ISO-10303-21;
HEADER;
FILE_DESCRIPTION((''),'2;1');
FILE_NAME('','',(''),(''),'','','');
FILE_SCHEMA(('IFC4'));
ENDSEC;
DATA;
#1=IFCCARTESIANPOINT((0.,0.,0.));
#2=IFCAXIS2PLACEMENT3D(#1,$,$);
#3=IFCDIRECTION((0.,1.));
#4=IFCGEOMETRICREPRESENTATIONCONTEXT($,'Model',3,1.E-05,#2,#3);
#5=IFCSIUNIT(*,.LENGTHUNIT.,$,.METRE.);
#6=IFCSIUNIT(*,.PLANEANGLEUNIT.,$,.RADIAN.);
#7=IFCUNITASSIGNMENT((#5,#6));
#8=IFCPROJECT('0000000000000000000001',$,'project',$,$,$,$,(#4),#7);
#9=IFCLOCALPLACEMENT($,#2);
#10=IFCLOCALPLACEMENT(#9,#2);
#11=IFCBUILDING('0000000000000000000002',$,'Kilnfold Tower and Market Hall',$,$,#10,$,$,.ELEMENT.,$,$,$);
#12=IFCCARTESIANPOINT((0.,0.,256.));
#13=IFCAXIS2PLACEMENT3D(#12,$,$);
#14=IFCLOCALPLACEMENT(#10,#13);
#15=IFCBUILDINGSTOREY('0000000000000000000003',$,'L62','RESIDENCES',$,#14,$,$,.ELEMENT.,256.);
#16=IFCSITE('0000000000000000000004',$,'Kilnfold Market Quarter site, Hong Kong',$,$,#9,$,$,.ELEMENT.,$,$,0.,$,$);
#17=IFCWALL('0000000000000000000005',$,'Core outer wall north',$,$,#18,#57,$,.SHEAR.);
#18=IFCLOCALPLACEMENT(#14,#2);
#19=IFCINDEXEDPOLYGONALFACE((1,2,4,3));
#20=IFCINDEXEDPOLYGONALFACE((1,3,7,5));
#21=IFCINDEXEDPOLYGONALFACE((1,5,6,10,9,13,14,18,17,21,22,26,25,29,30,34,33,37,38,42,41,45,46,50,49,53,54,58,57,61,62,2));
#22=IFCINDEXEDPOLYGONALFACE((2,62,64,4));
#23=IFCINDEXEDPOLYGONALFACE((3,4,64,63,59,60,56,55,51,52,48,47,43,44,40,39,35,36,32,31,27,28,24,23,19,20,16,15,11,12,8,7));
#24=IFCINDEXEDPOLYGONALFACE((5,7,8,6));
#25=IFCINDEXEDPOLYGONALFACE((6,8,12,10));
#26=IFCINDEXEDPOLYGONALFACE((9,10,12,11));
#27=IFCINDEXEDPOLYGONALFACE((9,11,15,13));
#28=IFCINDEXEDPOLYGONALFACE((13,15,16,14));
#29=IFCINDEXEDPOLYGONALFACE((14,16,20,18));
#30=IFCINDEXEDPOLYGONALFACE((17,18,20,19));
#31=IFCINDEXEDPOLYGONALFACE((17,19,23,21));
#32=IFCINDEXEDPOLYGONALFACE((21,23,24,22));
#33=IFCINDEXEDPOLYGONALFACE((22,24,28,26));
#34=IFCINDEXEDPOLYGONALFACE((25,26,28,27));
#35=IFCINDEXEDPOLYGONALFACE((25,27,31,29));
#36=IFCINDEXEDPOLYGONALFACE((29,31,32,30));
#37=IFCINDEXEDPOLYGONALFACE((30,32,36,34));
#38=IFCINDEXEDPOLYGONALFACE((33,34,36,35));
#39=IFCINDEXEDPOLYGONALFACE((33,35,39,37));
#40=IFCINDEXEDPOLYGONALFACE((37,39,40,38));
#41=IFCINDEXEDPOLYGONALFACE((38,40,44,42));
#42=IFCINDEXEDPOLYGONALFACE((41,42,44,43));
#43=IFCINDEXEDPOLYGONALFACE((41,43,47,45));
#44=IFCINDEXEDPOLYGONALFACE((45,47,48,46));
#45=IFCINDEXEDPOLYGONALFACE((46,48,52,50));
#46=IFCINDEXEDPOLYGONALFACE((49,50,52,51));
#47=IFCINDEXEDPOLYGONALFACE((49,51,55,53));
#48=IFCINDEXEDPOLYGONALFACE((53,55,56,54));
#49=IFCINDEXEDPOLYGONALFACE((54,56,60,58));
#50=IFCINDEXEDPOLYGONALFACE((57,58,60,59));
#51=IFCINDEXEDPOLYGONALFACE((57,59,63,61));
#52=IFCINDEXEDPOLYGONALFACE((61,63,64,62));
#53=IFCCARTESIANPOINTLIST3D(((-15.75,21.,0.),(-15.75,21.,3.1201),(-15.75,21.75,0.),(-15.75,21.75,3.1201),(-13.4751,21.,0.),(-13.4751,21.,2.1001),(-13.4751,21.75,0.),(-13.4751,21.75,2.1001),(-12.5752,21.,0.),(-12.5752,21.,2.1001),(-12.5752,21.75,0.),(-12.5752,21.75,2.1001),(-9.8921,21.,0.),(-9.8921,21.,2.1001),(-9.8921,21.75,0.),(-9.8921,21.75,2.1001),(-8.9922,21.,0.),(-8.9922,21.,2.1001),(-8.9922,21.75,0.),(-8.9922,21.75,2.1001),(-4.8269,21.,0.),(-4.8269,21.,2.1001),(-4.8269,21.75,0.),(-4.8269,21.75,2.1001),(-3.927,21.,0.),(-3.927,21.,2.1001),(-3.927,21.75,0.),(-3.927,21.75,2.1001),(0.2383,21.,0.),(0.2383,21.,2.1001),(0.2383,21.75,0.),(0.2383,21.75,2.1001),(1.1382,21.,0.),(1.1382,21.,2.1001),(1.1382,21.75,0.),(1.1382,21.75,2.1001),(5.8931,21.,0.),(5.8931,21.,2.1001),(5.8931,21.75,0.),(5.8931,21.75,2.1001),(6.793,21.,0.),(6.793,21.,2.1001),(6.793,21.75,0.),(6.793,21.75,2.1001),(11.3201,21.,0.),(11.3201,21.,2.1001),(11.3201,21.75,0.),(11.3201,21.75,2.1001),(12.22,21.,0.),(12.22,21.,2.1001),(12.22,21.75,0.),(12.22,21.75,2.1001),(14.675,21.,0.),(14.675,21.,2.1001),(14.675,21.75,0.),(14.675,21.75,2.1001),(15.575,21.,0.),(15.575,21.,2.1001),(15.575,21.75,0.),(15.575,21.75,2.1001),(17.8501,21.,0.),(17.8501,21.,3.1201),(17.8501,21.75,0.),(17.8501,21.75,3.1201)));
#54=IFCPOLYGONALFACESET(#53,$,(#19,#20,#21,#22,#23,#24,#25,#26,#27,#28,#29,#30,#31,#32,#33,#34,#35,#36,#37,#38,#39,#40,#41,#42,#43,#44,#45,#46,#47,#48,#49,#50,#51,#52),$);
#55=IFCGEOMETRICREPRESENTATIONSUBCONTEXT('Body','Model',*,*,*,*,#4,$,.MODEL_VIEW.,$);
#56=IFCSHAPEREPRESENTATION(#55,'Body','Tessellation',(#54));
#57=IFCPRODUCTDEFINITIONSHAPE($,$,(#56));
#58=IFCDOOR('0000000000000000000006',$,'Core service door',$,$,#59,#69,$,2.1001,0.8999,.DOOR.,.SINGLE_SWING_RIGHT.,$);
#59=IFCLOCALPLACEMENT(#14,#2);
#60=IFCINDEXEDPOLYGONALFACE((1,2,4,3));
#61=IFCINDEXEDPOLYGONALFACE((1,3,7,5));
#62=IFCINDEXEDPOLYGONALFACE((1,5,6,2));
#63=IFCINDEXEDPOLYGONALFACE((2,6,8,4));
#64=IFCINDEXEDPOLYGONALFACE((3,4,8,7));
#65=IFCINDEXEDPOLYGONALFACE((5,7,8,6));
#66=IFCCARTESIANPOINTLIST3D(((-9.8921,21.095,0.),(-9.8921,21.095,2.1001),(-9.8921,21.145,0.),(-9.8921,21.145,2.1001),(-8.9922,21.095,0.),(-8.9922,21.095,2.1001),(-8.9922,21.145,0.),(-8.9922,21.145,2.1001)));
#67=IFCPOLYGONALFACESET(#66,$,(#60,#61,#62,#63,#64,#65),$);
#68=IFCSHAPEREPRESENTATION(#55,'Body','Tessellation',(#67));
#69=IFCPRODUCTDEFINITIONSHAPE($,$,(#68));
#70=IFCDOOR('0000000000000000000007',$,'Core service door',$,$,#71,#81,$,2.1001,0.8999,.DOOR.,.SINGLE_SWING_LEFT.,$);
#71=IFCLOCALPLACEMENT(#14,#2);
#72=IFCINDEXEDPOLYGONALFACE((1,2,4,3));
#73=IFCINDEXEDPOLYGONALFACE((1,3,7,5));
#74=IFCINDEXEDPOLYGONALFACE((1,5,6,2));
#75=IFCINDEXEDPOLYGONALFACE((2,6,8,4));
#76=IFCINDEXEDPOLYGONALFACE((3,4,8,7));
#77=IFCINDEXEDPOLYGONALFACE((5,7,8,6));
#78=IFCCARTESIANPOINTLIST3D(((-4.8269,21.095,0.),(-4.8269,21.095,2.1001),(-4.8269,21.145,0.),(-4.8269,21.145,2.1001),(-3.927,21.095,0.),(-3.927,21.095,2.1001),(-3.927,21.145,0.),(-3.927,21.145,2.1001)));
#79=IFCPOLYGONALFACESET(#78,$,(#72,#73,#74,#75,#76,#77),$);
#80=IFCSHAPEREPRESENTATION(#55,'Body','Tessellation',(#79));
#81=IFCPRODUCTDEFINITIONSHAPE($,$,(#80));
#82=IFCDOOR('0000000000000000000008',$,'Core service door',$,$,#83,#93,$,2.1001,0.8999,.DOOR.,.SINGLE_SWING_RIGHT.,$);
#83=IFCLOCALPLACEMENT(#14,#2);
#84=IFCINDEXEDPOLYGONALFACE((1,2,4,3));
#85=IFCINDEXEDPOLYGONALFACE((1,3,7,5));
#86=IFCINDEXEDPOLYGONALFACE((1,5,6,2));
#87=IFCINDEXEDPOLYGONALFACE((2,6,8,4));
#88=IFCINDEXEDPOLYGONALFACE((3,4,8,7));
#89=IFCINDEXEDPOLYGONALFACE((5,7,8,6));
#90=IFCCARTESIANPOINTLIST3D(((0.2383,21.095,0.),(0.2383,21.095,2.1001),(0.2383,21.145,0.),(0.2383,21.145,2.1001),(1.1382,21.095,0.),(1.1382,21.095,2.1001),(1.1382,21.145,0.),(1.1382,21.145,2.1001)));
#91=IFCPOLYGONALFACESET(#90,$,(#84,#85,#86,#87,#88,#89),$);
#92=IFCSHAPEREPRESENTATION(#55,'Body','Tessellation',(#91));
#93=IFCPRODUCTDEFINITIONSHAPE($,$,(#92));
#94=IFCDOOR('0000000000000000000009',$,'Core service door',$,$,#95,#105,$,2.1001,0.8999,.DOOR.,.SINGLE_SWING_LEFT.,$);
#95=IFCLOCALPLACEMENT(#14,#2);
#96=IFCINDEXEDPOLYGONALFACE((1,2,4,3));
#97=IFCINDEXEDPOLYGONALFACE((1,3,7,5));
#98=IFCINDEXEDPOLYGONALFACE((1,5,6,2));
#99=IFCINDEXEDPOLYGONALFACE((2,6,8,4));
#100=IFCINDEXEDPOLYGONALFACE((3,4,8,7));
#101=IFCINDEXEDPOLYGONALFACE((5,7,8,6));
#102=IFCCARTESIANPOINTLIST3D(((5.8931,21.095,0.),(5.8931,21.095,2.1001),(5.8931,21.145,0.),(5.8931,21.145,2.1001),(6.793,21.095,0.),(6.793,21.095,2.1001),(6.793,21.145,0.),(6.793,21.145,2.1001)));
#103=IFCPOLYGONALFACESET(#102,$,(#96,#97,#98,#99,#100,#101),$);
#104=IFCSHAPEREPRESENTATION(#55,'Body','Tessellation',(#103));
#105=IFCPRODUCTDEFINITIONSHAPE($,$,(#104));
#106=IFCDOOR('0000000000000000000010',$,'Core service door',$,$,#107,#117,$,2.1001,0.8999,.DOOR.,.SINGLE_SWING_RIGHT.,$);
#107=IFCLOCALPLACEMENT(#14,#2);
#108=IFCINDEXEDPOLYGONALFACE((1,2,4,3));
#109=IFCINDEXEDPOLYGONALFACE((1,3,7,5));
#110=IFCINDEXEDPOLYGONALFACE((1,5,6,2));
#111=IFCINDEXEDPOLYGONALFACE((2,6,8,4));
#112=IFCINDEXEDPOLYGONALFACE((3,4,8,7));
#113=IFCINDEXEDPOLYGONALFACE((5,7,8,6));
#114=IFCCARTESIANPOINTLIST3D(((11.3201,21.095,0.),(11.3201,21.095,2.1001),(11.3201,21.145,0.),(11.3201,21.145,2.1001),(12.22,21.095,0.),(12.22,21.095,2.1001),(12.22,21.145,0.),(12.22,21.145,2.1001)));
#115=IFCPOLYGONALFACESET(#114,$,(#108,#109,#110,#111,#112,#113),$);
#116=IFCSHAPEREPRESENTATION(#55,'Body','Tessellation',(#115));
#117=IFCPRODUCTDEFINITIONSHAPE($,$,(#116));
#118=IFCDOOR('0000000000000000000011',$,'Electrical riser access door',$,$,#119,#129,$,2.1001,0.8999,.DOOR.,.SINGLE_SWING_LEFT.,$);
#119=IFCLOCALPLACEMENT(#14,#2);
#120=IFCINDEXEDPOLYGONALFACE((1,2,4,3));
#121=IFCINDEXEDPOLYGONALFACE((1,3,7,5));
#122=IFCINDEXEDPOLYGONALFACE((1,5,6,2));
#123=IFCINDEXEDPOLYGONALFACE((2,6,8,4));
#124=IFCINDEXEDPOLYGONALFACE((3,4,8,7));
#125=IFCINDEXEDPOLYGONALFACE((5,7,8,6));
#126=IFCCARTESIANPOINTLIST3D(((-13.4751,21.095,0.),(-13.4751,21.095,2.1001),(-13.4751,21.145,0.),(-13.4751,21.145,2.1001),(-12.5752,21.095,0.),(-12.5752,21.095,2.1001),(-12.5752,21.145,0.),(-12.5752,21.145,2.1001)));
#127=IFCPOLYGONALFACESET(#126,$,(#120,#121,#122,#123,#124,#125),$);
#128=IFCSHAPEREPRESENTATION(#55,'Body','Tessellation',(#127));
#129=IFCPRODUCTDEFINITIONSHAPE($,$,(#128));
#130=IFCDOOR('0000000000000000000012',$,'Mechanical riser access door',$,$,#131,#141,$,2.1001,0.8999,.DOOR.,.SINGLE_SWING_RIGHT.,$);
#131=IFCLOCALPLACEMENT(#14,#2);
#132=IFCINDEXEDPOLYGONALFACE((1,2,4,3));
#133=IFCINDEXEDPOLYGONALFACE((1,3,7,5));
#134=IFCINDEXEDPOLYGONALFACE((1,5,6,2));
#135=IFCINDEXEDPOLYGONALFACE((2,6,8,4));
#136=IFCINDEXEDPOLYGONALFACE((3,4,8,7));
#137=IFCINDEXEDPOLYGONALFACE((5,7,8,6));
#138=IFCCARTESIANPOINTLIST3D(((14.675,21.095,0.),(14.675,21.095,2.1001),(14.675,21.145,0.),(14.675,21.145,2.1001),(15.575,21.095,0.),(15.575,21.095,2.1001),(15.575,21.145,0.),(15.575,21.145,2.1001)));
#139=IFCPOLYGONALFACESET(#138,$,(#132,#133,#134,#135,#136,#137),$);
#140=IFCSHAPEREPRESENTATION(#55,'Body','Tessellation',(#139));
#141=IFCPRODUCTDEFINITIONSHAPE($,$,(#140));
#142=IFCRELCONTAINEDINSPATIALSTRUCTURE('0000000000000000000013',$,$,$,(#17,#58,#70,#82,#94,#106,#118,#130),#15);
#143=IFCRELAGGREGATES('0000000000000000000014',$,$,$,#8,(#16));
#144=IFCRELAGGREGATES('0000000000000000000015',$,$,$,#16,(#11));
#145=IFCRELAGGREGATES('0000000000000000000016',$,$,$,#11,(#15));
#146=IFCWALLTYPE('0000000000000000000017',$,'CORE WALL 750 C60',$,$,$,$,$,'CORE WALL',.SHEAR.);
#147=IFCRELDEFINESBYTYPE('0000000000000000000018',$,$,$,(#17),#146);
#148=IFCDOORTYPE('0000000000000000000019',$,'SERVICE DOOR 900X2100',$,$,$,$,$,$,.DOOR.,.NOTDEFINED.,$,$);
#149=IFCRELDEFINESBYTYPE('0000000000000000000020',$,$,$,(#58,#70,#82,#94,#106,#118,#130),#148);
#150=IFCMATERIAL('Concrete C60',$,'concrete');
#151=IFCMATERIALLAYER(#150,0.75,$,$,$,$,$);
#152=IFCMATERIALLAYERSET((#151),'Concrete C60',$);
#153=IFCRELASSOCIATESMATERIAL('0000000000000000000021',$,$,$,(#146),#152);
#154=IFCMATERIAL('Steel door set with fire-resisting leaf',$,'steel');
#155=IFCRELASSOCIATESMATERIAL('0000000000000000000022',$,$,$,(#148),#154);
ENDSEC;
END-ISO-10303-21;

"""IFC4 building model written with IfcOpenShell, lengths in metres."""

from ifc_helpers import new_model, si_unit, direction, frame, frame_2d, origin, place, context, subcontext, project, spatial, rectangle, extrude, source, transform, mapped, material, layer, layer_set, type_object, element, fill, save


model = new_model("IFC4")

# Units and contexts
model_context = context("Model", 3, precision=1e-05, world=origin(), true_north=direction((0.0, 1.0)))
body_context = subcontext(model_context, "Body", "Model", "MODEL_VIEW")
ifc_project = project(units=[si_unit("LENGTHUNIT", "METRE"), si_unit("PLANEANGLEUNIT", "RADIAN")], contexts=[model_context])

# Site, building, storey
site_placement = place(None, origin())
site = spatial("IfcSite", under=ifc_project, at=site_placement, Name="Kilnfold Market Quarter site, Hong Kong", CompositionType="ELEMENT", RefElevation=0.0)
building_placement = place(site_placement, origin())
building = spatial("IfcBuilding", under=site, at=building_placement, Name="Kilnfold Tower and Market Hall", CompositionType="ELEMENT")
storey_placement = place(building_placement, frame((0.0, 0.0, 256.0)))
storey = spatial("IfcBuildingStorey", under=building, at=storey_placement, Name="L62", Description="RESIDENCES", CompositionType="ELEMENT", Elevation=256.0)

# Wall, openings, doors
ifc_material_1 = material(Name="Concrete C60", Category="concrete")
ifc_layer_1 = layer(ifc_material_1, 0.75)
ifc_layer_set_1 = layer_set([ifc_layer_1], Name="Concrete C60")
wall_type_1 = type_object("IfcWallType", Name="CORE WALL 750 C60", ElementType="CORE WALL", PredefinedType="SHEAR", material=ifc_layer_set_1)
shared_shape_1 = source(origin(), body_context, "Body", "SweptSolid", [
    extrude(rectangle(XDim=33.6001, YDim=0.75, at=frame_2d((16.8, 0.0))), origin(), (0.0, 0.0, 1.0), 3.1201),
])
wall_1_placement = place(storey_placement, frame((-15.75, 21.375, 0.0), z_axis=(0.0, 0.0, 1.0), x_axis=(1.0, 0.0, 0.0)))
wall_1 = element("IfcWall", 1, at=wall_1_placement, inside=storey, type_object=wall_type_1, Name="Core outer wall north", PredefinedType="SHEAR", context=body_context, shape_type="MappedRepresentation", body=[
    mapped(shared_shape_1, transform((0.0, 0.0, 0.0))),
])
opening_1_placement = place(wall_1_placement, frame((5.8579, 0.0, 0.0)))
opening_1 = element("IfcOpeningElement", 2, at=opening_1_placement, cuts=wall_1, PredefinedType="OPENING", context=body_context, shape_type="SweptSolid", body=[
    extrude(rectangle(XDim=0.8999, YDim=2.1001, at=frame_2d((0.45, 1.05))), frame((0.0, 0.385, 0.0), z_axis=(0.0, -1.0, 0.0), x_axis=(1.0, 0.0, 0.0)), (0.0, 0.0, 1.0), 0.77),
])
opening_2_placement = place(wall_1_placement, frame((10.9231, 0.0, 0.0)))
opening_2 = element("IfcOpeningElement", 3, at=opening_2_placement, cuts=wall_1, PredefinedType="OPENING", context=body_context, shape_type="SweptSolid", body=[
    extrude(rectangle(XDim=0.8999, YDim=2.1001, at=frame_2d((0.45, 1.05))), frame((0.0, 0.385, 0.0), z_axis=(0.0, -1.0, 0.0), x_axis=(1.0, 0.0, 0.0)), (0.0, 0.0, 1.0), 0.77),
])
opening_3_placement = place(wall_1_placement, frame((15.9883, 0.0, 0.0)))
opening_3 = element("IfcOpeningElement", 4, at=opening_3_placement, cuts=wall_1, PredefinedType="OPENING", context=body_context, shape_type="SweptSolid", body=[
    extrude(rectangle(XDim=0.8999, YDim=2.1001, at=frame_2d((0.45, 1.05))), frame((0.0, 0.385, 0.0), z_axis=(0.0, -1.0, 0.0), x_axis=(1.0, 0.0, 0.0)), (0.0, 0.0, 1.0), 0.77),
])
opening_4_placement = place(wall_1_placement, frame((21.6431, 0.0, 0.0)))
opening_4 = element("IfcOpeningElement", 5, at=opening_4_placement, cuts=wall_1, PredefinedType="OPENING", context=body_context, shape_type="SweptSolid", body=[
    extrude(rectangle(XDim=0.8999, YDim=2.1001, at=frame_2d((0.45, 1.05))), frame((0.0, 0.385, 0.0), z_axis=(0.0, -1.0, 0.0), x_axis=(1.0, 0.0, 0.0)), (0.0, 0.0, 1.0), 0.77),
])
opening_5_placement = place(wall_1_placement, frame((27.0701, 0.0, 0.0)))
opening_5 = element("IfcOpeningElement", 6, at=opening_5_placement, cuts=wall_1, PredefinedType="OPENING", context=body_context, shape_type="SweptSolid", body=[
    extrude(rectangle(XDim=0.8999, YDim=2.1001, at=frame_2d((0.45, 1.05))), frame((0.0, 0.385, 0.0), z_axis=(0.0, -1.0, 0.0), x_axis=(1.0, 0.0, 0.0)), (0.0, 0.0, 1.0), 0.77),
])
opening_6_placement = place(wall_1_placement, frame((2.2749, 0.0, 0.0)))
opening_6 = element("IfcOpeningElement", 7, at=opening_6_placement, cuts=wall_1, PredefinedType="OPENING", context=body_context, shape_type="SweptSolid", body=[
    extrude(rectangle(XDim=0.8999, YDim=2.1001, at=frame_2d((0.45, 1.05))), frame((0.0, 0.385, 0.0), z_axis=(0.0, -1.0, 0.0), x_axis=(1.0, 0.0, 0.0)), (0.0, 0.0, 1.0), 0.77),
])
opening_7_placement = place(wall_1_placement, frame((30.425, 0.0, 0.0)))
opening_7 = element("IfcOpeningElement", 8, at=opening_7_placement, cuts=wall_1, PredefinedType="OPENING", context=body_context, shape_type="SweptSolid", body=[
    extrude(rectangle(XDim=0.8999, YDim=2.1001, at=frame_2d((0.45, 1.05))), frame((0.0, 0.385, 0.0), z_axis=(0.0, -1.0, 0.0), x_axis=(1.0, 0.0, 0.0)), (0.0, 0.0, 1.0), 0.77),
])
ifc_material_2 = material(Name="Steel door set with fire-resisting leaf", Category="steel")
door_type_1 = type_object("IfcDoorType", Name="SERVICE DOOR 900X2100", OperationType="NOTDEFINED", PredefinedType="DOOR", material=ifc_material_2)
door_1_placement = place(opening_1_placement, origin())
door_1 = element("IfcDoor", 9, at=door_1_placement, inside=storey, type_object=door_type_1, Name="Core service door", OperationType="SINGLE_SWING_RIGHT", OverallHeight=2.1001, OverallWidth=0.8999, PredefinedType="DOOR", context=body_context, shape_type="SweptSolid", body=[
    extrude(rectangle(XDim=0.8999, YDim=2.1001, at=frame_2d((0.45, 1.05))), frame((0.0, -0.23, 0.0), z_axis=(0.0, -1.0, 0.0), x_axis=(1.0, 0.0, 0.0)), (0.0, 0.0, 1.0), 0.05),
])
fill(opening_1, door_1)
door_2_placement = place(opening_2_placement, origin())
door_2 = element("IfcDoor", 10, at=door_2_placement, inside=storey, type_object=door_type_1, Name="Core service door", OperationType="SINGLE_SWING_LEFT", OverallHeight=2.1001, OverallWidth=0.8999, PredefinedType="DOOR", context=body_context, shape_type="SweptSolid", body=[
    extrude(rectangle(XDim=0.8999, YDim=2.1001, at=frame_2d((0.45, 1.05))), frame((0.0, -0.23, 0.0), z_axis=(0.0, -1.0, 0.0), x_axis=(1.0, 0.0, 0.0)), (0.0, 0.0, 1.0), 0.05),
])
fill(opening_2, door_2)
door_3_placement = place(opening_3_placement, origin())
door_3 = element("IfcDoor", 11, at=door_3_placement, inside=storey, type_object=door_type_1, Name="Core service door", OperationType="SINGLE_SWING_RIGHT", OverallHeight=2.1001, OverallWidth=0.8999, PredefinedType="DOOR", context=body_context, shape_type="SweptSolid", body=[
    extrude(rectangle(XDim=0.8999, YDim=2.1001, at=frame_2d((0.45, 1.05))), frame((0.0, -0.23, 0.0), z_axis=(0.0, -1.0, 0.0), x_axis=(1.0, 0.0, 0.0)), (0.0, 0.0, 1.0), 0.05),
])
fill(opening_3, door_3)
door_4_placement = place(opening_4_placement, origin())
door_4 = element("IfcDoor", 12, at=door_4_placement, inside=storey, type_object=door_type_1, Name="Core service door", OperationType="SINGLE_SWING_LEFT", OverallHeight=2.1001, OverallWidth=0.8999, PredefinedType="DOOR", context=body_context, shape_type="SweptSolid", body=[
    extrude(rectangle(XDim=0.8999, YDim=2.1001, at=frame_2d((0.45, 1.05))), frame((0.0, -0.23, 0.0), z_axis=(0.0, -1.0, 0.0), x_axis=(1.0, 0.0, 0.0)), (0.0, 0.0, 1.0), 0.05),
])
fill(opening_4, door_4)
door_5_placement = place(opening_5_placement, origin())
door_5 = element("IfcDoor", 13, at=door_5_placement, inside=storey, type_object=door_type_1, Name="Core service door", OperationType="SINGLE_SWING_RIGHT", OverallHeight=2.1001, OverallWidth=0.8999, PredefinedType="DOOR", context=body_context, shape_type="SweptSolid", body=[
    extrude(rectangle(XDim=0.8999, YDim=2.1001, at=frame_2d((0.45, 1.05))), frame((0.0, -0.23, 0.0), z_axis=(0.0, -1.0, 0.0), x_axis=(1.0, 0.0, 0.0)), (0.0, 0.0, 1.0), 0.05),
])
fill(opening_5, door_5)
door_6_placement = place(opening_6_placement, origin())
door_6 = element("IfcDoor", 14, at=door_6_placement, inside=storey, type_object=door_type_1, Name="Electrical riser access door", OperationType="SINGLE_SWING_LEFT", OverallHeight=2.1001, OverallWidth=0.8999, PredefinedType="DOOR", context=body_context, shape_type="SweptSolid", body=[
    extrude(rectangle(XDim=0.8999, YDim=2.1001, at=frame_2d((0.45, 1.05))), frame((0.0, -0.23, 0.0), z_axis=(0.0, -1.0, 0.0), x_axis=(1.0, 0.0, 0.0)), (0.0, 0.0, 1.0), 0.05),
])
fill(opening_6, door_6)
door_7_placement = place(opening_7_placement, origin())
door_7 = element("IfcDoor", 15, at=door_7_placement, inside=storey, type_object=door_type_1, Name="Mechanical riser access door", OperationType="SINGLE_SWING_RIGHT", OverallHeight=2.1001, OverallWidth=0.8999, PredefinedType="DOOR", context=body_context, shape_type="SweptSolid", body=[
    extrude(rectangle(XDim=0.8999, YDim=2.1001, at=frame_2d((0.45, 1.05))), frame((0.0, -0.23, 0.0), z_axis=(0.0, -1.0, 0.0), x_axis=(1.0, 0.0, 0.0)), (0.0, 0.0, 1.0), 0.05),
])
fill(opening_7, door_7)

save(model, "model.ifc")
